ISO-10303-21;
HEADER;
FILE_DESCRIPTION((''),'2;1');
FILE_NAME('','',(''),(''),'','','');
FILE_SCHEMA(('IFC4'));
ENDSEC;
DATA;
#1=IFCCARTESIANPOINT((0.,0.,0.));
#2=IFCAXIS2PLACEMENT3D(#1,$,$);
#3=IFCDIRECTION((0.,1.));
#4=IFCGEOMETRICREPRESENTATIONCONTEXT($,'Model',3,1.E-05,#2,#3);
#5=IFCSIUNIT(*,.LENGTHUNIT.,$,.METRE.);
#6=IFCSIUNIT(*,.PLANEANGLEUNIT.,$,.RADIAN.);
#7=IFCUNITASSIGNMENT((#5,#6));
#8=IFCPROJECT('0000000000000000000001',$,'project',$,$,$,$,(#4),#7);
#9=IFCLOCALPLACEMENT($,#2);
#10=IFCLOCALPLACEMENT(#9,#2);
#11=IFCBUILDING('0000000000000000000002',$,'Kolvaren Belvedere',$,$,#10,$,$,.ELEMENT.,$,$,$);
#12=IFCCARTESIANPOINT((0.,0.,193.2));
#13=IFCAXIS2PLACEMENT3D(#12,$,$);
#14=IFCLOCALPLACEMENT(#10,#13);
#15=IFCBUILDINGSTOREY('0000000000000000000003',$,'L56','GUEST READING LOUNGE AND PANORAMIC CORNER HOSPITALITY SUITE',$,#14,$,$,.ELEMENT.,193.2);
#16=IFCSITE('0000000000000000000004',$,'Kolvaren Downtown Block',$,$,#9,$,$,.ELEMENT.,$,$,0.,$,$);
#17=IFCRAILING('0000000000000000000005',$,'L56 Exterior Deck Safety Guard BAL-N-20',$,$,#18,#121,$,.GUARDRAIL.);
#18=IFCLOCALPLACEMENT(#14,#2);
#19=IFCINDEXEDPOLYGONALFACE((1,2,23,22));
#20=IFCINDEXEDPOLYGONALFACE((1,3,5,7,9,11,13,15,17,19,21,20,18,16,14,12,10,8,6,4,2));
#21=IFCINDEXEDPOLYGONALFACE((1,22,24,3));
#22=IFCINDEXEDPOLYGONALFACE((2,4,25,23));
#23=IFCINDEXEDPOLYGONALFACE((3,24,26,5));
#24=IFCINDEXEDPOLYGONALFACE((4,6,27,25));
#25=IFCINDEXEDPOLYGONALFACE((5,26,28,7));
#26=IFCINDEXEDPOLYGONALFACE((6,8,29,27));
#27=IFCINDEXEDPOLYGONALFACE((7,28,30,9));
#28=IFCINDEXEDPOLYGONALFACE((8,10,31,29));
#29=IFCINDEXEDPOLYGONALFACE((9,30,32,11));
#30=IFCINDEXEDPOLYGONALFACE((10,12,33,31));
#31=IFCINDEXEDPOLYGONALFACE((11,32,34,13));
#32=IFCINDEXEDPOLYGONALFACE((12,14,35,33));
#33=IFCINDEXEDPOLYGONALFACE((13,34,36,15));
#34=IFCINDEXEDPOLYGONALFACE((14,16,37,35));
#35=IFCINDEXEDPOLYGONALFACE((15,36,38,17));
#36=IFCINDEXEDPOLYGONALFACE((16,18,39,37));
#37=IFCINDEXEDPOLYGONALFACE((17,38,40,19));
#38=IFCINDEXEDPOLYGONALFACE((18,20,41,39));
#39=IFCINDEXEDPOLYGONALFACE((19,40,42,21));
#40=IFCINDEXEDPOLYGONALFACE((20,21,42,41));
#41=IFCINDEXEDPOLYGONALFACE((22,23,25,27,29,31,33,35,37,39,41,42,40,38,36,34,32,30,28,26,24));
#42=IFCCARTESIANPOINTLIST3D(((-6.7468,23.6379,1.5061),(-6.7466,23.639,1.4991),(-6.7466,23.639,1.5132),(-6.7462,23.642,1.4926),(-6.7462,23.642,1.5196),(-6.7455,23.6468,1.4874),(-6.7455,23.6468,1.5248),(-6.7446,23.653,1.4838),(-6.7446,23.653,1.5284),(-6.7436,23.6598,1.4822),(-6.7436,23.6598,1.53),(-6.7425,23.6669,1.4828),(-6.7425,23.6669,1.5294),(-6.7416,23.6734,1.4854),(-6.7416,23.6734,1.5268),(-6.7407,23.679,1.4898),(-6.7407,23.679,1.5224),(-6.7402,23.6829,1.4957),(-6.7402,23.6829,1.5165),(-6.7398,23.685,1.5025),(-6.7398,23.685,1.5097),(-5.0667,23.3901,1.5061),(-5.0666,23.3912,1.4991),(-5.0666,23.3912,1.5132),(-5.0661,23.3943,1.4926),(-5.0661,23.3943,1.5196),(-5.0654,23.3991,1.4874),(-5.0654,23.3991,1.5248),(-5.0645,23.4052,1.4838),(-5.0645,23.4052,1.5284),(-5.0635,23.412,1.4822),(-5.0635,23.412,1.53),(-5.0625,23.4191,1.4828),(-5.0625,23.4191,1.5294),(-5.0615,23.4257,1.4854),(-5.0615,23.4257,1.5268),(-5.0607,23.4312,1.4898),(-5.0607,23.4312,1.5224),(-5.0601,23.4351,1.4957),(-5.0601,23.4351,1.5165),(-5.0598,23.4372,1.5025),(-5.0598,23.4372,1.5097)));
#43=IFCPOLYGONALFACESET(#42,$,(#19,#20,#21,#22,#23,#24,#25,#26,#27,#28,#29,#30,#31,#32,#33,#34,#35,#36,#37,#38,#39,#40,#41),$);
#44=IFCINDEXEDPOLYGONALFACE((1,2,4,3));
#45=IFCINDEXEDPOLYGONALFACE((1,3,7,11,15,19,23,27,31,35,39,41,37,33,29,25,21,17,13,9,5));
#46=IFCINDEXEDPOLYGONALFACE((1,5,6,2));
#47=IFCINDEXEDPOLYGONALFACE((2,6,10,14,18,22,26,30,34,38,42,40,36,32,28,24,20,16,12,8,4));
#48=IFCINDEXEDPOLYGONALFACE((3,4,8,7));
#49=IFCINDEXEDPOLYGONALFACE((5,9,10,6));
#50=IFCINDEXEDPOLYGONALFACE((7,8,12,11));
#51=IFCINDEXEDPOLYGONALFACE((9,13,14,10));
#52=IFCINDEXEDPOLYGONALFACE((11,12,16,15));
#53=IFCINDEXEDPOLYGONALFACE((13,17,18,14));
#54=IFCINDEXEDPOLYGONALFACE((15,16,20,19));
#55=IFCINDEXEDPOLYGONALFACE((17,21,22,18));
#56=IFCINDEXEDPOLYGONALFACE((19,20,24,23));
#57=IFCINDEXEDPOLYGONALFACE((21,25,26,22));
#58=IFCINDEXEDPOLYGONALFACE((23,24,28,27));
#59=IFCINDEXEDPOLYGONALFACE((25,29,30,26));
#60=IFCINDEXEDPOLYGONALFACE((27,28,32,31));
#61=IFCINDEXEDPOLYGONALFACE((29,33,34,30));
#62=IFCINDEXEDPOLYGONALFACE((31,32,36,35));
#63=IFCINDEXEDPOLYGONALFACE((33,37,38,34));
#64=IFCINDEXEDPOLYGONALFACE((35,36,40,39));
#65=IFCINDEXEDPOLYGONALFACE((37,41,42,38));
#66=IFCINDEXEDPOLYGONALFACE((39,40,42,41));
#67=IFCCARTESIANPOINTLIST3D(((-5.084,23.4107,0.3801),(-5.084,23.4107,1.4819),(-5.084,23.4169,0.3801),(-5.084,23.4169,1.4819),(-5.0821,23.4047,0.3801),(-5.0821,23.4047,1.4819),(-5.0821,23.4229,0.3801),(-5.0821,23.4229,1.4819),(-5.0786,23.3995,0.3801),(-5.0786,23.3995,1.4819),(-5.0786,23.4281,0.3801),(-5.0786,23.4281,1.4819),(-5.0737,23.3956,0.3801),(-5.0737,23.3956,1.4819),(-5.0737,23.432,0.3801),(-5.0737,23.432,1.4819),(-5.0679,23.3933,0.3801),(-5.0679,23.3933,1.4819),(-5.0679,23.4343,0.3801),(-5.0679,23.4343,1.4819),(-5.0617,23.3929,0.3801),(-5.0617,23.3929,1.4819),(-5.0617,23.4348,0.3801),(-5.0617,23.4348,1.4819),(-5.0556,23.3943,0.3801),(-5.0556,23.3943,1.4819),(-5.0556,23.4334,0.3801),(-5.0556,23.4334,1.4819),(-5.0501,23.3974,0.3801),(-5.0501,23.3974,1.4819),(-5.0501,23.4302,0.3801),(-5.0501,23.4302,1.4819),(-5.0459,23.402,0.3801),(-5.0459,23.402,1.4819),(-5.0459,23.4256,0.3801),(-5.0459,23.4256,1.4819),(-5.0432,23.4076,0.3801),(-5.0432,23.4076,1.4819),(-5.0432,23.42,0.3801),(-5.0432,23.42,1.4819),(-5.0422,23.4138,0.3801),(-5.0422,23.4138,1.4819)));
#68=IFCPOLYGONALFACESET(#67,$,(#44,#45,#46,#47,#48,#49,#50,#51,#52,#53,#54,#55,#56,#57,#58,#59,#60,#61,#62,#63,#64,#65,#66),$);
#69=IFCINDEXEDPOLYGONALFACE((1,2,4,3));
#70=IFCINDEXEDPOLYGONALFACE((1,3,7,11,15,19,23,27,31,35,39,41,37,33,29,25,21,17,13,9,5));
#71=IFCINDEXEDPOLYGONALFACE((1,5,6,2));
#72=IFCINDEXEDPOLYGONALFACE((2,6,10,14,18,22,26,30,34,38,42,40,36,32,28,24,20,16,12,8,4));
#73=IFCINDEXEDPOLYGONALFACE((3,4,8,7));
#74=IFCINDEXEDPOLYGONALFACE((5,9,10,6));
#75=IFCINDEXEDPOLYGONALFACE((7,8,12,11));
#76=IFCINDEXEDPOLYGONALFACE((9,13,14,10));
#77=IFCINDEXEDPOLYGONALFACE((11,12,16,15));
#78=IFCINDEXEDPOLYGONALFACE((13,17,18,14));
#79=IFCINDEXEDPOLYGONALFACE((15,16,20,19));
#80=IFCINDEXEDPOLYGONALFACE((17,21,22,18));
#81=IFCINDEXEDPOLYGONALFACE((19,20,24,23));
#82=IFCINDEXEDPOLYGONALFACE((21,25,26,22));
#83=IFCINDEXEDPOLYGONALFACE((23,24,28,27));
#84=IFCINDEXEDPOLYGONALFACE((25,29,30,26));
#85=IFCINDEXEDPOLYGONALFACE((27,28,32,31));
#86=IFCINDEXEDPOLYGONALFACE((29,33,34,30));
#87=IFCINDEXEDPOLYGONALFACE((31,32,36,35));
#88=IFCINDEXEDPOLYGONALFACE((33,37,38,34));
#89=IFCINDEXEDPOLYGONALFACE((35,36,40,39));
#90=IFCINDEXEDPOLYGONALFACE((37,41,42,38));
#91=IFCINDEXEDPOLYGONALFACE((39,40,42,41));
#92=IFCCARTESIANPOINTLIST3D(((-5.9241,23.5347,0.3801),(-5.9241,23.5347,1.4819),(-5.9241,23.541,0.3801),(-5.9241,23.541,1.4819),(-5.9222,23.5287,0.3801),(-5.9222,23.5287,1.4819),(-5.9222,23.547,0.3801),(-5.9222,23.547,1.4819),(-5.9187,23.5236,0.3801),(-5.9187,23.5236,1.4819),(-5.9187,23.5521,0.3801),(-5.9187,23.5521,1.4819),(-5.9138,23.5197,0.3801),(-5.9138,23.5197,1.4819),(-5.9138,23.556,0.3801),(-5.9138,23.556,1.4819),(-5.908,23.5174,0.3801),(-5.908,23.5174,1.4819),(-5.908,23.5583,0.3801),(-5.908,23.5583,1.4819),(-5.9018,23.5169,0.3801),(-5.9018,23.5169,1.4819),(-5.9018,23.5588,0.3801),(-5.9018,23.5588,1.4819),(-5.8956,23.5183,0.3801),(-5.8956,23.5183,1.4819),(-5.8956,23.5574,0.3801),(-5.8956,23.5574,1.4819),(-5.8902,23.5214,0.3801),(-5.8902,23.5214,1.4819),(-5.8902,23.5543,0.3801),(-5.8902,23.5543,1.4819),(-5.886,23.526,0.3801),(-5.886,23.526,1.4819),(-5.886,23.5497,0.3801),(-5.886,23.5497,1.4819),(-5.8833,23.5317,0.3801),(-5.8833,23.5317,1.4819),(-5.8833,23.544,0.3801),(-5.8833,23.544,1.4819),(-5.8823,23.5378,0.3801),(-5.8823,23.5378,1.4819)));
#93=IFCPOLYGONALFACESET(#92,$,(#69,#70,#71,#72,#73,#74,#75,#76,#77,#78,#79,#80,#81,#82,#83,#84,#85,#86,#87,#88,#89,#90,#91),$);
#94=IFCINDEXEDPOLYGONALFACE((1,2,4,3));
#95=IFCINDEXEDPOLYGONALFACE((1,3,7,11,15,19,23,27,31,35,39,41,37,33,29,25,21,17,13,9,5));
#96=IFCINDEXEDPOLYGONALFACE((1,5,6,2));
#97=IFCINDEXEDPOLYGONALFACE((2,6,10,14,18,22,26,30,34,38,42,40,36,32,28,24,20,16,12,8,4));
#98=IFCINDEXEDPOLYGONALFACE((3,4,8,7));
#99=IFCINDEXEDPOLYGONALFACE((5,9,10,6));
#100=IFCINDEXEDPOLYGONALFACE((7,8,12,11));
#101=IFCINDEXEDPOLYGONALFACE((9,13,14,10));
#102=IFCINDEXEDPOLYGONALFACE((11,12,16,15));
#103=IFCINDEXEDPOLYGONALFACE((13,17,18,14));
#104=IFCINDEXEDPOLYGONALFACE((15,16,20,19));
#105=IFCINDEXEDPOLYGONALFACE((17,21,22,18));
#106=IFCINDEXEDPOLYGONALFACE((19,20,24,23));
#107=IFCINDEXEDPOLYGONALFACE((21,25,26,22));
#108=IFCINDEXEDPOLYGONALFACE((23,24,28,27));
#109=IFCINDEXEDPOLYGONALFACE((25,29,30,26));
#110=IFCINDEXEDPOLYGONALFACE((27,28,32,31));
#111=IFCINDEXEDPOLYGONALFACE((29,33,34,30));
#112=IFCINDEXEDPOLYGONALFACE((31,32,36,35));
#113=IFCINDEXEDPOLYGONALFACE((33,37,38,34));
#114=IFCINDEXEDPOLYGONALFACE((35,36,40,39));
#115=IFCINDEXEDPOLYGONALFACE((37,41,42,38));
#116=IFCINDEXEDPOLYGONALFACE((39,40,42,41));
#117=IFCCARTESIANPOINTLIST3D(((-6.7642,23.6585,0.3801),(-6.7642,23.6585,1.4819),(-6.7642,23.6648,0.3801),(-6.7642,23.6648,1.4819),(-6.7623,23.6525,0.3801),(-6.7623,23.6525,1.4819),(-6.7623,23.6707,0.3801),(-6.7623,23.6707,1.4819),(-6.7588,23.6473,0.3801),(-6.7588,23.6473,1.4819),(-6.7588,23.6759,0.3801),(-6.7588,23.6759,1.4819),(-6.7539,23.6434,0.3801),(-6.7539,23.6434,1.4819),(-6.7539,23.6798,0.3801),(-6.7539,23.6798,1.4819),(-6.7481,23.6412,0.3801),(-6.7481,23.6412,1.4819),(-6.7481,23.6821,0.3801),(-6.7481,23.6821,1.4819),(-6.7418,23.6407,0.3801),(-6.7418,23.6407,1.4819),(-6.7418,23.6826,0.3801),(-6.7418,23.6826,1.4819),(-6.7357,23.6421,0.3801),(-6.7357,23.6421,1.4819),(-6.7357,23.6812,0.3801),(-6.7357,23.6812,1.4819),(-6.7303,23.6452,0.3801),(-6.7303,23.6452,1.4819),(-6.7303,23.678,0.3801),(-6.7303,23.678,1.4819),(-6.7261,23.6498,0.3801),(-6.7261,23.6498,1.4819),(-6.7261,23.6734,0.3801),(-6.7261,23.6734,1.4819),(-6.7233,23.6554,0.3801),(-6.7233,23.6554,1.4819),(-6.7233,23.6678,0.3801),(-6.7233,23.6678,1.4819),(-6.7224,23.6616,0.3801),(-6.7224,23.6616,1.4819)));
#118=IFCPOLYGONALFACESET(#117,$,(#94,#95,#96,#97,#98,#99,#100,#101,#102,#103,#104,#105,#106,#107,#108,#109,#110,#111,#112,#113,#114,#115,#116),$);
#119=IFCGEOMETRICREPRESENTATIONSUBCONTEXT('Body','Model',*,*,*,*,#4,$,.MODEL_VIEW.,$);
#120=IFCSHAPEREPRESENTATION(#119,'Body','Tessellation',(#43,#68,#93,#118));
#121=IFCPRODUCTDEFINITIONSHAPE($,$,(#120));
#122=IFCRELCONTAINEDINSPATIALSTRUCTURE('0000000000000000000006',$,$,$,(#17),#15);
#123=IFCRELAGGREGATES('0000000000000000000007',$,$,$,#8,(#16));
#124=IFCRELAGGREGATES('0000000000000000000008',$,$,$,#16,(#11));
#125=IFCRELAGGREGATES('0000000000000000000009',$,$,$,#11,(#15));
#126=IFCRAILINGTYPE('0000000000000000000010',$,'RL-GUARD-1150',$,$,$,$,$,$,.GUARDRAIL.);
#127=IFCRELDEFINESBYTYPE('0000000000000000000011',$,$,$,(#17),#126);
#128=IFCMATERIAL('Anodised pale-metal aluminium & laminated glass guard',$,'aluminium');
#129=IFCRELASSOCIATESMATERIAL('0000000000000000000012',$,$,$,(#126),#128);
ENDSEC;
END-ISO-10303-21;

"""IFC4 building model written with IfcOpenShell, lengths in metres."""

from ifc_helpers import new_model, si_unit, direction, frame, origin, origin_2d, place, context, subcontext, project, spatial, circle, extrude, material, type_object, element, save


model = new_model("IFC4")

# Units and contexts
model_context = context("Model", 3, precision=1e-05, world=origin(), true_north=direction((0.0, 1.0)))
body_context = subcontext(model_context, "Body", "Model", "MODEL_VIEW")
ifc_project = project(units=[si_unit("LENGTHUNIT", "METRE"), si_unit("PLANEANGLEUNIT", "RADIAN")], contexts=[model_context])

# Site, building, storey
site_placement = place(None, origin())
site = spatial("IfcSite", under=ifc_project, at=site_placement, Name="Kolvaren Downtown Block", CompositionType="ELEMENT", RefElevation=0.0)
building_placement = place(site_placement, origin())
building = spatial("IfcBuilding", under=site, at=building_placement, Name="Kolvaren Belvedere", CompositionType="ELEMENT")
storey_placement = place(building_placement, frame((0.0, 0.0, 193.2)))
storey = spatial("IfcBuildingStorey", under=building, at=storey_placement, Name="L56", Description="GUEST READING LOUNGE AND PANORAMIC CORNER HOSPITALITY SUITE", CompositionType="ELEMENT", Elevation=193.2)

# Railing
ifc_material_1 = material(Name="Anodised pale-metal aluminium & laminated glass guard", Category="aluminium")
railing_type = type_object("IfcRailingType", Name="RL-GUARD-1150", PredefinedType="GUARDRAIL", material=ifc_material_1)
railing_1_placement = place(storey_placement, frame((-5.0632, 23.4138, 0.3801)))
element("IfcRailing", 1, at=railing_1_placement, inside=storey, type_object=railing_type, Name="L56 Exterior Deck Safety Guard BAL-N-20", PredefinedType="GUARDRAIL", context=body_context, shape_type="SweptSolid", body=[
    extrude(circle(Radius=0.0239, at=origin_2d()), frame((0.0, 0.0, 1.126), z_axis=(-0.989298, 0.145908, 0.0), x_axis=(-0.145908, -0.989298, 0.0)), (0.0, 0.0, 1.0), 1.6982),
    extrude(circle(Radius=0.021, at=origin_2d()), origin(), (0.0, 0.0, 1.0), 1.1018),
    extrude(circle(Radius=0.021, at=origin_2d()), frame((-0.8401, 0.124, 0.0)), (0.0, 0.0, 1.0), 1.1018),
    extrude(circle(Radius=0.021, at=origin_2d()), frame((-1.6802, 0.2478, 0.0)), (0.0, 0.0, 1.0), 1.1018),
])

save(model, "model.ifc")
